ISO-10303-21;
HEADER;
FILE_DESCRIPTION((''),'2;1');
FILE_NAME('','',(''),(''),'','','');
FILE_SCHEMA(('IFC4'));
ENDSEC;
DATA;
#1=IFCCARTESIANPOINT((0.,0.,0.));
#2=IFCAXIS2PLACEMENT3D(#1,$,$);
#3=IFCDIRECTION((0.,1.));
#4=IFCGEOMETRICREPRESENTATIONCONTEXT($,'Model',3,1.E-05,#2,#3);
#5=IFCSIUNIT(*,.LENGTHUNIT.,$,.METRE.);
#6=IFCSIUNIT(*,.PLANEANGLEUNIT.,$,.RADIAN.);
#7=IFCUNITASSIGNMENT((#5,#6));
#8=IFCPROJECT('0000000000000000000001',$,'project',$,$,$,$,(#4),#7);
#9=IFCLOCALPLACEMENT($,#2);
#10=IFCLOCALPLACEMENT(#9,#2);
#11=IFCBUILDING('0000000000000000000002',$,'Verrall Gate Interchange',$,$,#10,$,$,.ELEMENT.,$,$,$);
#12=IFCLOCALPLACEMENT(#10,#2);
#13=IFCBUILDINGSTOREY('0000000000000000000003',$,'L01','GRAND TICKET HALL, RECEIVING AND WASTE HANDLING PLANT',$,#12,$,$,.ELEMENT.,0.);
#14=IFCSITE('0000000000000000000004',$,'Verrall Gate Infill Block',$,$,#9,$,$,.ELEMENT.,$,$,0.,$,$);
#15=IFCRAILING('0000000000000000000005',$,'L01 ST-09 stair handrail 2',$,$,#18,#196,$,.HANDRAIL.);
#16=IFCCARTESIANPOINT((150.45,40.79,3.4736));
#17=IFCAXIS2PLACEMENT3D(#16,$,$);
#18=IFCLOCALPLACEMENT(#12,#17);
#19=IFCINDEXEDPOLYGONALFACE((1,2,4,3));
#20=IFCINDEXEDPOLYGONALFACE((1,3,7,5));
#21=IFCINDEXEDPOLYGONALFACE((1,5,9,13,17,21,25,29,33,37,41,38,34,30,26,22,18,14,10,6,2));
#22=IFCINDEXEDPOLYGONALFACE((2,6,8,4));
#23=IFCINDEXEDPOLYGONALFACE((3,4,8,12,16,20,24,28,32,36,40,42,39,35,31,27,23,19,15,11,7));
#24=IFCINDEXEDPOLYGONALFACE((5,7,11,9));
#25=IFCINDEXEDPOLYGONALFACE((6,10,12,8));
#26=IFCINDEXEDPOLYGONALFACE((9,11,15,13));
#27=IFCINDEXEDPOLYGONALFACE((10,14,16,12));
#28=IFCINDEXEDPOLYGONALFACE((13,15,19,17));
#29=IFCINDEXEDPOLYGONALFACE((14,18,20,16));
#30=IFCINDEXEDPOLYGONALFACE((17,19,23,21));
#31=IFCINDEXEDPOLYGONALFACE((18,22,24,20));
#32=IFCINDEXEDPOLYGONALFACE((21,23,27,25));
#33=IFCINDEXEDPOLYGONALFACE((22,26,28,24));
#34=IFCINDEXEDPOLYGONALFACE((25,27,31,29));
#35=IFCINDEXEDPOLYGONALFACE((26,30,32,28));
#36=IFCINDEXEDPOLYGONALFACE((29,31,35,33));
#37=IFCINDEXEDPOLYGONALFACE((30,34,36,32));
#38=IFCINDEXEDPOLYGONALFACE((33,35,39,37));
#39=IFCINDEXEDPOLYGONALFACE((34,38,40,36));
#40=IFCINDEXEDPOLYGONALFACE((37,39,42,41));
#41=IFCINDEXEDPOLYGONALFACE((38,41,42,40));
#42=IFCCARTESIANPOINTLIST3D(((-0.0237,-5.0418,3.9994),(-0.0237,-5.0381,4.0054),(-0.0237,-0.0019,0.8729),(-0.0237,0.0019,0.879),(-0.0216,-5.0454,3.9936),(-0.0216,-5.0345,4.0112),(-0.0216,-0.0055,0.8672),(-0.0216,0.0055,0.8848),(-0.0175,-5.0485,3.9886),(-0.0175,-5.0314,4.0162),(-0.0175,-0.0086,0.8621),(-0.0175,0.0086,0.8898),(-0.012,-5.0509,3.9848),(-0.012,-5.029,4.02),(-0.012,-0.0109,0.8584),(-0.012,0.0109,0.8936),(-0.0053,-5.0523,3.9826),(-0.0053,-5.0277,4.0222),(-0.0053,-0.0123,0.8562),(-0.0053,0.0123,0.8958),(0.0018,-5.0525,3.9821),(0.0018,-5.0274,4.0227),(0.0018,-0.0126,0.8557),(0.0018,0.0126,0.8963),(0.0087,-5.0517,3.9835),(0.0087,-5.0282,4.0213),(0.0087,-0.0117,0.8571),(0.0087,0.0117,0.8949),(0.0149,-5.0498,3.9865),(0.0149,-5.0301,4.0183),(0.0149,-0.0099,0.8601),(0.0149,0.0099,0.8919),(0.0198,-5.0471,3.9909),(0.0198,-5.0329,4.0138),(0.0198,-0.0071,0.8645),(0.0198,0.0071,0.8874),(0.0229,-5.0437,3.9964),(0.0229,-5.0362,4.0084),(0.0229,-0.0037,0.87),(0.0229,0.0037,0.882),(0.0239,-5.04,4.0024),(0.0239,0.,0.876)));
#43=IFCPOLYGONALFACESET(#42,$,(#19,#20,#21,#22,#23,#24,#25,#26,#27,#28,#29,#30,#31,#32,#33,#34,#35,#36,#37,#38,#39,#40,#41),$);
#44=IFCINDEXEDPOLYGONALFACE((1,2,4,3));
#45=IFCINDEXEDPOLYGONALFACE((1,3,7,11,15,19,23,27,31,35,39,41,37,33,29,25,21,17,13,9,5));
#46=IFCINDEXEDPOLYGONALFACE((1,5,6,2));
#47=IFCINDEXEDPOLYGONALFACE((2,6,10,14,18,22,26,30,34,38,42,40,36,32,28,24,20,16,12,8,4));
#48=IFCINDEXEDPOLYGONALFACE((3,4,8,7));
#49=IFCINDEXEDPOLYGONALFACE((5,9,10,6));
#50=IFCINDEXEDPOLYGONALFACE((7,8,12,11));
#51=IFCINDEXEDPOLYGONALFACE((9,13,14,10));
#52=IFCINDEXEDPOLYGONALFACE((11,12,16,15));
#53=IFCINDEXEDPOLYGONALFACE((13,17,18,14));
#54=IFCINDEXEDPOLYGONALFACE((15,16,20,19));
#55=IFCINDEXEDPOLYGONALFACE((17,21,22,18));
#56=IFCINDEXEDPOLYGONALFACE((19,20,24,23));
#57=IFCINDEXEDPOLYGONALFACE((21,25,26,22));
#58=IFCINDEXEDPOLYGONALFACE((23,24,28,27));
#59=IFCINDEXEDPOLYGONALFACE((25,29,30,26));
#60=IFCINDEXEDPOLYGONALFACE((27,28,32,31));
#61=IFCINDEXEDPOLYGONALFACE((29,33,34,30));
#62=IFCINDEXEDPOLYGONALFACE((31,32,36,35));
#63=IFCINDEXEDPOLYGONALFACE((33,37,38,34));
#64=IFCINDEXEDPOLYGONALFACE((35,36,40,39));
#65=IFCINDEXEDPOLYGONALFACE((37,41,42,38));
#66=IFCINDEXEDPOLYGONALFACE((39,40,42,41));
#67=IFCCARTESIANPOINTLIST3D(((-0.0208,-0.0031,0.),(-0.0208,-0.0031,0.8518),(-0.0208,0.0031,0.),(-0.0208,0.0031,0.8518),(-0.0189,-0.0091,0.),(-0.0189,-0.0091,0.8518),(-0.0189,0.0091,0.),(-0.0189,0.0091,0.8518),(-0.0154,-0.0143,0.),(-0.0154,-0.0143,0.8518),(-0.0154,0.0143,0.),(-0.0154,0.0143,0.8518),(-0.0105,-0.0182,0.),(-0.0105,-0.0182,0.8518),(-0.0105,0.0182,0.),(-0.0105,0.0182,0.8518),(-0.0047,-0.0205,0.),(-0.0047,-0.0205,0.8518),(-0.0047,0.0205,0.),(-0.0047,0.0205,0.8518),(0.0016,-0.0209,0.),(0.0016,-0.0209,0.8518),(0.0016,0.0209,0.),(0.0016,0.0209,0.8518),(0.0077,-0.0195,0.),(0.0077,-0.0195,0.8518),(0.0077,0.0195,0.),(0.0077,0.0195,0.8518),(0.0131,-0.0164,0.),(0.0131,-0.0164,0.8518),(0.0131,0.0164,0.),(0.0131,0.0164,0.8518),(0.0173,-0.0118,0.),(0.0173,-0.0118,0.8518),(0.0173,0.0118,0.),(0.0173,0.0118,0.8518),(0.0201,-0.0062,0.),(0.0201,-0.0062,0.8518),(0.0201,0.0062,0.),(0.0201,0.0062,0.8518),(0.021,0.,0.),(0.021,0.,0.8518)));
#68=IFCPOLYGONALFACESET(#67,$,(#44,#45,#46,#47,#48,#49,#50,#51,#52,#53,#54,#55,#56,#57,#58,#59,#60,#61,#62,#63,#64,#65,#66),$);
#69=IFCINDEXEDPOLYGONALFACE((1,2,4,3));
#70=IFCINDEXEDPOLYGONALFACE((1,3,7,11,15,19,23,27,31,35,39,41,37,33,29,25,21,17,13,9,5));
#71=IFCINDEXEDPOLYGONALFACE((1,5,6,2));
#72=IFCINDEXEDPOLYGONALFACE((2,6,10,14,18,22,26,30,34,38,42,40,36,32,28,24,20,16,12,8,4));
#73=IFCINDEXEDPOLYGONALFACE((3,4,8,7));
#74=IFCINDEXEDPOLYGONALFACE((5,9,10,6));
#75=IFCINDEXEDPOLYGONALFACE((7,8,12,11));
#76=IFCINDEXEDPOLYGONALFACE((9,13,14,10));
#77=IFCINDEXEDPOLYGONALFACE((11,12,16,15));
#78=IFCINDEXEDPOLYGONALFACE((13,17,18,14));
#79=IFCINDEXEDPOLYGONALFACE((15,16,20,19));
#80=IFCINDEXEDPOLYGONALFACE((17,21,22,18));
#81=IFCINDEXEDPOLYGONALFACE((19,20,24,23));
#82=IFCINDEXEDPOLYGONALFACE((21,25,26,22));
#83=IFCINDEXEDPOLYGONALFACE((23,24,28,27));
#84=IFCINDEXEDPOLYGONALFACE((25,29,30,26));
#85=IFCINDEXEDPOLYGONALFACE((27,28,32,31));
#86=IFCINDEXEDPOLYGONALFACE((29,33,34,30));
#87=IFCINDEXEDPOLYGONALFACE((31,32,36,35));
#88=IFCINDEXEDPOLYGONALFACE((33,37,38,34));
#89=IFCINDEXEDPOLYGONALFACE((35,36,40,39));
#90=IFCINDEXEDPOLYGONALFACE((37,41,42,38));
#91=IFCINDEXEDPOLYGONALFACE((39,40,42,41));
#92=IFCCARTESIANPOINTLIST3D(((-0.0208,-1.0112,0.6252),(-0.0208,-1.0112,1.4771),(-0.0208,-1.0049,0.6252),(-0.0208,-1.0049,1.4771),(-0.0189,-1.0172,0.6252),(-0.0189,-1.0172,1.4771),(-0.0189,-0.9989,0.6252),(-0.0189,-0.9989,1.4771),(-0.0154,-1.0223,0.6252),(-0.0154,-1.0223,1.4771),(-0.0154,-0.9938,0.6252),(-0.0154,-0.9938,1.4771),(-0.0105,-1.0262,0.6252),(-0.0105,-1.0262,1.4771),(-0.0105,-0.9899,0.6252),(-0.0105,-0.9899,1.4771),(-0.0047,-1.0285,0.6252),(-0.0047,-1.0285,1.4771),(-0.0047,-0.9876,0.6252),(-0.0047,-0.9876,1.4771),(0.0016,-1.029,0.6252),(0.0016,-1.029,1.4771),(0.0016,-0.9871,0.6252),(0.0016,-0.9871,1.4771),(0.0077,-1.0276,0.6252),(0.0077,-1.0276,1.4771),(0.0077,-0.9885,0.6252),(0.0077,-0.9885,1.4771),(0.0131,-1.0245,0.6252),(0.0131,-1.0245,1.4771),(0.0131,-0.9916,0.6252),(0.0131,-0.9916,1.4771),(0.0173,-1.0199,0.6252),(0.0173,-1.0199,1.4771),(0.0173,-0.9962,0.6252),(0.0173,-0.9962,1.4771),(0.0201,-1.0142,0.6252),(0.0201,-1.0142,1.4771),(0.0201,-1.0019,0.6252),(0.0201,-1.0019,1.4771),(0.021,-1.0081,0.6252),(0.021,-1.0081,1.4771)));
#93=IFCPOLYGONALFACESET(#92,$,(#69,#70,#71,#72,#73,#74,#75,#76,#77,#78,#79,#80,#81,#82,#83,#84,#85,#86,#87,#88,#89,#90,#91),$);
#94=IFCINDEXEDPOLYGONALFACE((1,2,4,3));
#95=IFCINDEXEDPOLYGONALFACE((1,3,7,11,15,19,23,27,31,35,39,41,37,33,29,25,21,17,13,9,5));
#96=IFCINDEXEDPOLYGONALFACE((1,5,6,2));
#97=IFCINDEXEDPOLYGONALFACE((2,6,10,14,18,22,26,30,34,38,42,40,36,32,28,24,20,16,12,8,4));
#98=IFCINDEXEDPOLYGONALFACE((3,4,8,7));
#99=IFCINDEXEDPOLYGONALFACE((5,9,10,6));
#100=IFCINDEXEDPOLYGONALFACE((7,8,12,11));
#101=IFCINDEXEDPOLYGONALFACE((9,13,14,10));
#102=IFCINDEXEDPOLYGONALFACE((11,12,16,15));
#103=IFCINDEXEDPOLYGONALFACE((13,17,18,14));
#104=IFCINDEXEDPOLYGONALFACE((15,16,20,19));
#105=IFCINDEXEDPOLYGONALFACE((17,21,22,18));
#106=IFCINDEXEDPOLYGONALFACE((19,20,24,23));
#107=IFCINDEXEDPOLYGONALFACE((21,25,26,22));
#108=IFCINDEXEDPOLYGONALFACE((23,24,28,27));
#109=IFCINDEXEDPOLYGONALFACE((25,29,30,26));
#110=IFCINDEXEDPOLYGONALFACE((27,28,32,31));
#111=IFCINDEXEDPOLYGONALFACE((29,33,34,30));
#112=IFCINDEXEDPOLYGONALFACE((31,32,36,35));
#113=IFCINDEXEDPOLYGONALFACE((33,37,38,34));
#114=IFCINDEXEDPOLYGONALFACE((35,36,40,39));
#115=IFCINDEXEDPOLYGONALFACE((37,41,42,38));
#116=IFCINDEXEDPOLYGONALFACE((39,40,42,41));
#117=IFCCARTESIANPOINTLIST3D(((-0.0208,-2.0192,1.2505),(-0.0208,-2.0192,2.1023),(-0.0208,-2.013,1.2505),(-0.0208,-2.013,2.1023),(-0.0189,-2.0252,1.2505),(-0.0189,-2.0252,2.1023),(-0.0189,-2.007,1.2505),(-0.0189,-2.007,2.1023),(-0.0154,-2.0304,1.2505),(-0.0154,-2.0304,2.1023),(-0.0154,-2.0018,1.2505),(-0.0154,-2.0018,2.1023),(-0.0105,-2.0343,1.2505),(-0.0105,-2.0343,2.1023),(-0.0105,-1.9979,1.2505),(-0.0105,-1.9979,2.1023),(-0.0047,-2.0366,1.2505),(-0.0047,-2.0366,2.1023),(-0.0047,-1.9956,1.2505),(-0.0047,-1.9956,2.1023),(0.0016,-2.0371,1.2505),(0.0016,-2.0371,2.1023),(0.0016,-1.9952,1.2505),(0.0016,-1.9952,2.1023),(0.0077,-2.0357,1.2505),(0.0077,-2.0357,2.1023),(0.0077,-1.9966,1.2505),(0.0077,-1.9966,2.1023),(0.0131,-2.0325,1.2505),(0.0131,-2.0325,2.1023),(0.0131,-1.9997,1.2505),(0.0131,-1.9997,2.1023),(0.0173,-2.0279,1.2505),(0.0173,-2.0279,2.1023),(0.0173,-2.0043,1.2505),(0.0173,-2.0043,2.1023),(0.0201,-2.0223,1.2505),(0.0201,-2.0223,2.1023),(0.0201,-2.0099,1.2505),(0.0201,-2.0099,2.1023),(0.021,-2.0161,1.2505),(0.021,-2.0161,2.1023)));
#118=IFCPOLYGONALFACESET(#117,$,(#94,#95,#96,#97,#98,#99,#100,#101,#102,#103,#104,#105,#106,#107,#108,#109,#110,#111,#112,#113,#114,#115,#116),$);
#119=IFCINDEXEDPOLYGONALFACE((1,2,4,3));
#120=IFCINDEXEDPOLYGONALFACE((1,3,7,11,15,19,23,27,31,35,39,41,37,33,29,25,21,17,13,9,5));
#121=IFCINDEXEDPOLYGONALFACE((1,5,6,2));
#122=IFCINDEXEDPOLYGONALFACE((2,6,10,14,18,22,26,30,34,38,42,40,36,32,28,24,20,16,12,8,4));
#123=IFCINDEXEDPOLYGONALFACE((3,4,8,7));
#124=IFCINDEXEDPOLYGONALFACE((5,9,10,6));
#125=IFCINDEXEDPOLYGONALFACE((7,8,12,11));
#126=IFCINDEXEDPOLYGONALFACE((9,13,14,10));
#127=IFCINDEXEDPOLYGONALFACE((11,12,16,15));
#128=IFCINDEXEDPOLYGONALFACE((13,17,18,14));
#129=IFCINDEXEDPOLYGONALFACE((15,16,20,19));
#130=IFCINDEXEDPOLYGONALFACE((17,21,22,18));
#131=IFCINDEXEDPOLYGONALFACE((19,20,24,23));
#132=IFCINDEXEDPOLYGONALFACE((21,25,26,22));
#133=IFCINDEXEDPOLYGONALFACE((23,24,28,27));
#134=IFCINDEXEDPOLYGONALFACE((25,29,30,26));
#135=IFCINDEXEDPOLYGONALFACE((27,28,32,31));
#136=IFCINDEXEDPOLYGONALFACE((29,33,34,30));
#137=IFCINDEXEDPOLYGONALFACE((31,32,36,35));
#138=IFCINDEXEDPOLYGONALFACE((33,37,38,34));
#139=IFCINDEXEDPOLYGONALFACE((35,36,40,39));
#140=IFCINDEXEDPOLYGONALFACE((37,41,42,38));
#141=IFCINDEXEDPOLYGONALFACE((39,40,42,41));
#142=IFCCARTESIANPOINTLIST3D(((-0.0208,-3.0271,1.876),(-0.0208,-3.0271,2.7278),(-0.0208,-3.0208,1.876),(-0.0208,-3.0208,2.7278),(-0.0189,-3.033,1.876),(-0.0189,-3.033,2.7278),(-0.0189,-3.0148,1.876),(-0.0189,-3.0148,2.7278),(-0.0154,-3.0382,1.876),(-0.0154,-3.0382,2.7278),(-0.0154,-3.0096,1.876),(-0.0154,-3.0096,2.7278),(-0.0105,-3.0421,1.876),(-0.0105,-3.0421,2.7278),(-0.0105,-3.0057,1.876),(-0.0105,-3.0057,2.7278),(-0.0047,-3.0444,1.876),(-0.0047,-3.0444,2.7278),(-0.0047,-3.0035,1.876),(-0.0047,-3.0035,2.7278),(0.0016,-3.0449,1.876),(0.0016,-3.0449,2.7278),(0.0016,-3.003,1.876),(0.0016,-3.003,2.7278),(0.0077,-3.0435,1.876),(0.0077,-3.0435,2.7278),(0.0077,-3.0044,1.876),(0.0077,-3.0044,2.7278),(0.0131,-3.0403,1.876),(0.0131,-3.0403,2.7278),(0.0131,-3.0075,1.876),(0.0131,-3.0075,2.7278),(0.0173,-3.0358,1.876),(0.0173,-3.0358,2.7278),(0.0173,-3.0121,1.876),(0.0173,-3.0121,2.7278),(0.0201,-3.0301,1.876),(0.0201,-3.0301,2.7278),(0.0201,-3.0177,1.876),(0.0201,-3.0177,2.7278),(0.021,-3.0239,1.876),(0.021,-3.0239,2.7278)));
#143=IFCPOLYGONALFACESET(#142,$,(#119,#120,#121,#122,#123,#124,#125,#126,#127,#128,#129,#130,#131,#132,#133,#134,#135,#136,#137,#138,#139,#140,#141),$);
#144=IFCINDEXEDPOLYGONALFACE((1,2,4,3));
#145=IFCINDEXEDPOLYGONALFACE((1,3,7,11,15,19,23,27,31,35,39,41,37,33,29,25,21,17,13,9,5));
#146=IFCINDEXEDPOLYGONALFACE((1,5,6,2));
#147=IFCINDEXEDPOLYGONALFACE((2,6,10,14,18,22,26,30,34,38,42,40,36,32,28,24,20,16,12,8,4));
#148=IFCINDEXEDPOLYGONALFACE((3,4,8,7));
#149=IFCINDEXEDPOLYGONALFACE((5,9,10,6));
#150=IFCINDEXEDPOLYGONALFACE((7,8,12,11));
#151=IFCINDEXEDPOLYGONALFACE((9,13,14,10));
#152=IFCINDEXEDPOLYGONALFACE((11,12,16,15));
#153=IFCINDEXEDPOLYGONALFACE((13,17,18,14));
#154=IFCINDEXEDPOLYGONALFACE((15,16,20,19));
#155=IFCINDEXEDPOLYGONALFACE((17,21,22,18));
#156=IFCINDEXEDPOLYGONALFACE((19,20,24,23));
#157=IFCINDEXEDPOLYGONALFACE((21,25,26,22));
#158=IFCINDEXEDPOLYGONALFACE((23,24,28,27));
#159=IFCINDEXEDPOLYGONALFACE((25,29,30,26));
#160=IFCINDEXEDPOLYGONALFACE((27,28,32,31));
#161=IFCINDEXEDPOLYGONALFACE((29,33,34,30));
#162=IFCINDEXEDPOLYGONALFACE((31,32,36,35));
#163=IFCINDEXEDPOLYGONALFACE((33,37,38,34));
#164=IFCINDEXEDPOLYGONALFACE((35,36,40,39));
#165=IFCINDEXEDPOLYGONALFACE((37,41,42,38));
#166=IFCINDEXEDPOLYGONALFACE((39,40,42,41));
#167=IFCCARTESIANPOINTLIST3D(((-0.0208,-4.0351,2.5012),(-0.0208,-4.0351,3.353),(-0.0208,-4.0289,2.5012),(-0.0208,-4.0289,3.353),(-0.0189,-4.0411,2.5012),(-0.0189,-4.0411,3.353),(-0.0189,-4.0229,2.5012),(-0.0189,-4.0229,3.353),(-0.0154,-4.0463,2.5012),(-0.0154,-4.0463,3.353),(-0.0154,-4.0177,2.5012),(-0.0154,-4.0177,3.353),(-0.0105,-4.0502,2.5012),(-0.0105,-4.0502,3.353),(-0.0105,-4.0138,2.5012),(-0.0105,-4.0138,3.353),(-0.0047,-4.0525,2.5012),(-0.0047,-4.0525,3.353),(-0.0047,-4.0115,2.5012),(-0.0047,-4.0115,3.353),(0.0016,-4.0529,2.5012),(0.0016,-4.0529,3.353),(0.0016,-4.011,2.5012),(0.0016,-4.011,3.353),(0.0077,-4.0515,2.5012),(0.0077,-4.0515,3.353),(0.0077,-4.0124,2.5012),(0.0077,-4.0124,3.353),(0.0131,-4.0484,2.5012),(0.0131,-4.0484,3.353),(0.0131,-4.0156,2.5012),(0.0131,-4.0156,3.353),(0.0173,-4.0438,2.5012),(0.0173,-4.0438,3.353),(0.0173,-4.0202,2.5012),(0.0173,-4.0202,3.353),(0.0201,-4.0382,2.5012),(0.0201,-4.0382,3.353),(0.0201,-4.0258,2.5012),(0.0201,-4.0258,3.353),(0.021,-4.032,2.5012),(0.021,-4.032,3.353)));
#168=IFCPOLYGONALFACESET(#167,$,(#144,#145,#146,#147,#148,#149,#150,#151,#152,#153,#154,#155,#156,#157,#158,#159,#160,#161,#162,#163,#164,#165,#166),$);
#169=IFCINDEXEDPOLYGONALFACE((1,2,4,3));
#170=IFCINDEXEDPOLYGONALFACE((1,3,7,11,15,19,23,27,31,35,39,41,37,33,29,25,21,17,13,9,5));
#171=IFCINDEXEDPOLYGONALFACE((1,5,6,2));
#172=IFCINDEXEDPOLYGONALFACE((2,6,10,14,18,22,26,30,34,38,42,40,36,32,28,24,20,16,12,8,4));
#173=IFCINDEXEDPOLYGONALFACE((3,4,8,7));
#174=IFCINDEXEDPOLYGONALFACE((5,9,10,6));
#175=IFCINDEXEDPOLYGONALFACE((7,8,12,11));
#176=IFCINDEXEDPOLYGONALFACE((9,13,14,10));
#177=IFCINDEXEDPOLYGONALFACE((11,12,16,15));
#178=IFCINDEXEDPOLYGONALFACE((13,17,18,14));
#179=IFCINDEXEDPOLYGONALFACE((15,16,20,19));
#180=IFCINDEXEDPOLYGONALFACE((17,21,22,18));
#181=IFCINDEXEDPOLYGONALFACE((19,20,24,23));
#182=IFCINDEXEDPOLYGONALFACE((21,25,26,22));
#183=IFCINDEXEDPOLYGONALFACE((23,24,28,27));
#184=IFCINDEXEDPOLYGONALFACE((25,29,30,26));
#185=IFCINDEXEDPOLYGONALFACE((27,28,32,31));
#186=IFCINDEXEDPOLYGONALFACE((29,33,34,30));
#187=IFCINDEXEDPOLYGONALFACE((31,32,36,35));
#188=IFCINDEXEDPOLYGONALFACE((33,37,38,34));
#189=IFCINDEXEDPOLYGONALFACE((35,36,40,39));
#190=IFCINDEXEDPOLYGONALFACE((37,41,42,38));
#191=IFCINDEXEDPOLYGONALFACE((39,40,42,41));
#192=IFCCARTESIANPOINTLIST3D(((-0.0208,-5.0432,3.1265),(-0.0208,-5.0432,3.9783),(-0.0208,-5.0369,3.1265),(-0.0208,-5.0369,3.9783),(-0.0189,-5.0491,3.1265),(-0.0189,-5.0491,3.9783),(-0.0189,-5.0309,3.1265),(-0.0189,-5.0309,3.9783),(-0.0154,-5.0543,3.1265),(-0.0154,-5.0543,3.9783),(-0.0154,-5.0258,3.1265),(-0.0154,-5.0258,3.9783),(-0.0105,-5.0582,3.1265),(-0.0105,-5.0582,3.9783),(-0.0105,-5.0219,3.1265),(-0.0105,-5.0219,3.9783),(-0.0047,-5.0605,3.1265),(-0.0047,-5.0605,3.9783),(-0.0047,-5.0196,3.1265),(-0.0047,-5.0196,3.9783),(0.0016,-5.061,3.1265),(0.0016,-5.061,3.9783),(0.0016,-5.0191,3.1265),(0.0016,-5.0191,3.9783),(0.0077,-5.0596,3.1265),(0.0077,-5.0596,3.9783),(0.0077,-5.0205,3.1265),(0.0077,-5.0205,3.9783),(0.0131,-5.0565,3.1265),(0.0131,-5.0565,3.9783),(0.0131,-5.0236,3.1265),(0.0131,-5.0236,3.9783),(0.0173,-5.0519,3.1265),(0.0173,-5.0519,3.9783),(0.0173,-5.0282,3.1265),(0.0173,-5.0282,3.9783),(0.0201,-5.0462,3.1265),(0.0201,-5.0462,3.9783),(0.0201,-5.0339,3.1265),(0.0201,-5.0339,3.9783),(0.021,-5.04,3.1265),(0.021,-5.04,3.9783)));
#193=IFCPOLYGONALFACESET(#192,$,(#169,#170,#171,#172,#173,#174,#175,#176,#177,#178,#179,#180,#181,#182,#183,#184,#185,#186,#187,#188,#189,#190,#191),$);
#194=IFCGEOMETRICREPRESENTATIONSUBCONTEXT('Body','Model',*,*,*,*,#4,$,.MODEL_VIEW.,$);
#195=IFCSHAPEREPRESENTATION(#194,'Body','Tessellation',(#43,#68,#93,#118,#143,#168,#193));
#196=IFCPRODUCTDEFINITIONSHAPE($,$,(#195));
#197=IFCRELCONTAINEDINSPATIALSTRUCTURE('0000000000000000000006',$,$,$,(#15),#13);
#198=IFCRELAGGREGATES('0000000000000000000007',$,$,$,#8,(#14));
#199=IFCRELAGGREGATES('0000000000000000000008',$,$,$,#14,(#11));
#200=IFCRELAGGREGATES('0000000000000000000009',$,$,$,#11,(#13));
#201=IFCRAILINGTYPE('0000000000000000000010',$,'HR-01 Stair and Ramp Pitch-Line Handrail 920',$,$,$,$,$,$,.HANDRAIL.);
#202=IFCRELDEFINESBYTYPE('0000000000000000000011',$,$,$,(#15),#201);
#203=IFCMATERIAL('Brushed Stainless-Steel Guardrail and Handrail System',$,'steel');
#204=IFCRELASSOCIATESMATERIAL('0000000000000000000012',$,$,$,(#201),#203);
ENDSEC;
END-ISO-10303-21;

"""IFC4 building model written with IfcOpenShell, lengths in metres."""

from ifc_helpers import new_model, si_unit, direction, frame, origin, origin_2d, place, context, subcontext, project, spatial, circle, extrude, material, type_object, element, save


model = new_model("IFC4")

# Units and contexts
model_context = context("Model", 3, precision=1e-05, world=origin(), true_north=direction((0.0, 1.0)))
body_context = subcontext(model_context, "Body", "Model", "MODEL_VIEW")
ifc_project = project(units=[si_unit("LENGTHUNIT", "METRE"), si_unit("PLANEANGLEUNIT", "RADIAN")], contexts=[model_context])

# Site, building, storey
site_placement = place(None, origin())
site = spatial("IfcSite", under=ifc_project, at=site_placement, Name="Verrall Gate Infill Block", CompositionType="ELEMENT", RefElevation=0.0)
building_placement = place(site_placement, origin())
building = spatial("IfcBuilding", under=site, at=building_placement, Name="Verrall Gate Interchange", CompositionType="ELEMENT")
storey_placement = place(building_placement, origin())
storey = spatial("IfcBuildingStorey", under=building, at=storey_placement, Name="L01", Description="GRAND TICKET HALL, RECEIVING AND WASTE HANDLING PLANT", CompositionType="ELEMENT", Elevation=0.0)

# Railing
ifc_material_1 = material(Name="Brushed Stainless-Steel Guardrail and Handrail System", Category="steel")
railing_type_1 = type_object("IfcRailingType", Name="HR-01 Stair and Ramp Pitch-Line Handrail 920", PredefinedType="HANDRAIL", material=ifc_material_1)
railing_1_placement = place(storey_placement, frame((150.45, 40.79, 3.4736)))
element("IfcRailing", 1, at=railing_1_placement, inside=storey, type_object=railing_type_1, Name="L01 ST-09 stair handrail 2", PredefinedType="HANDRAIL", context=body_context, shape_type="SweptSolid", body=[
    extrude(circle(Radius=0.0239, at=origin_2d()), frame((0.0, 0.0, 0.876), z_axis=(0.0, -0.849779, 0.527139), x_axis=(1.0, 0.0, 0.0)), (0.0, 0.0, 1.0), 5.9309),
    extrude(circle(Radius=0.021, at=origin_2d()), origin(), (0.0, 0.0, 1.0), 0.8518),
    extrude(circle(Radius=0.021, at=origin_2d()), frame((0.0, -1.0081, 0.6252)), (0.0, 0.0, 1.0), 0.8518),
    extrude(circle(Radius=0.021, at=origin_2d()), frame((0.0, -2.0161, 1.2505)), (0.0, 0.0, 1.0), 0.8518),
    extrude(circle(Radius=0.021, at=origin_2d()), frame((0.0, -3.0239, 1.876)), (0.0, 0.0, 1.0), 0.8518),
    extrude(circle(Radius=0.021, at=origin_2d()), frame((0.0, -4.032, 2.5012)), (0.0, 0.0, 1.0), 0.8518),
    extrude(circle(Radius=0.021, at=origin_2d()), frame((0.0, -5.04, 3.1265)), (0.0, 0.0, 1.0), 0.8518),
])

save(model, "model.ifc")
